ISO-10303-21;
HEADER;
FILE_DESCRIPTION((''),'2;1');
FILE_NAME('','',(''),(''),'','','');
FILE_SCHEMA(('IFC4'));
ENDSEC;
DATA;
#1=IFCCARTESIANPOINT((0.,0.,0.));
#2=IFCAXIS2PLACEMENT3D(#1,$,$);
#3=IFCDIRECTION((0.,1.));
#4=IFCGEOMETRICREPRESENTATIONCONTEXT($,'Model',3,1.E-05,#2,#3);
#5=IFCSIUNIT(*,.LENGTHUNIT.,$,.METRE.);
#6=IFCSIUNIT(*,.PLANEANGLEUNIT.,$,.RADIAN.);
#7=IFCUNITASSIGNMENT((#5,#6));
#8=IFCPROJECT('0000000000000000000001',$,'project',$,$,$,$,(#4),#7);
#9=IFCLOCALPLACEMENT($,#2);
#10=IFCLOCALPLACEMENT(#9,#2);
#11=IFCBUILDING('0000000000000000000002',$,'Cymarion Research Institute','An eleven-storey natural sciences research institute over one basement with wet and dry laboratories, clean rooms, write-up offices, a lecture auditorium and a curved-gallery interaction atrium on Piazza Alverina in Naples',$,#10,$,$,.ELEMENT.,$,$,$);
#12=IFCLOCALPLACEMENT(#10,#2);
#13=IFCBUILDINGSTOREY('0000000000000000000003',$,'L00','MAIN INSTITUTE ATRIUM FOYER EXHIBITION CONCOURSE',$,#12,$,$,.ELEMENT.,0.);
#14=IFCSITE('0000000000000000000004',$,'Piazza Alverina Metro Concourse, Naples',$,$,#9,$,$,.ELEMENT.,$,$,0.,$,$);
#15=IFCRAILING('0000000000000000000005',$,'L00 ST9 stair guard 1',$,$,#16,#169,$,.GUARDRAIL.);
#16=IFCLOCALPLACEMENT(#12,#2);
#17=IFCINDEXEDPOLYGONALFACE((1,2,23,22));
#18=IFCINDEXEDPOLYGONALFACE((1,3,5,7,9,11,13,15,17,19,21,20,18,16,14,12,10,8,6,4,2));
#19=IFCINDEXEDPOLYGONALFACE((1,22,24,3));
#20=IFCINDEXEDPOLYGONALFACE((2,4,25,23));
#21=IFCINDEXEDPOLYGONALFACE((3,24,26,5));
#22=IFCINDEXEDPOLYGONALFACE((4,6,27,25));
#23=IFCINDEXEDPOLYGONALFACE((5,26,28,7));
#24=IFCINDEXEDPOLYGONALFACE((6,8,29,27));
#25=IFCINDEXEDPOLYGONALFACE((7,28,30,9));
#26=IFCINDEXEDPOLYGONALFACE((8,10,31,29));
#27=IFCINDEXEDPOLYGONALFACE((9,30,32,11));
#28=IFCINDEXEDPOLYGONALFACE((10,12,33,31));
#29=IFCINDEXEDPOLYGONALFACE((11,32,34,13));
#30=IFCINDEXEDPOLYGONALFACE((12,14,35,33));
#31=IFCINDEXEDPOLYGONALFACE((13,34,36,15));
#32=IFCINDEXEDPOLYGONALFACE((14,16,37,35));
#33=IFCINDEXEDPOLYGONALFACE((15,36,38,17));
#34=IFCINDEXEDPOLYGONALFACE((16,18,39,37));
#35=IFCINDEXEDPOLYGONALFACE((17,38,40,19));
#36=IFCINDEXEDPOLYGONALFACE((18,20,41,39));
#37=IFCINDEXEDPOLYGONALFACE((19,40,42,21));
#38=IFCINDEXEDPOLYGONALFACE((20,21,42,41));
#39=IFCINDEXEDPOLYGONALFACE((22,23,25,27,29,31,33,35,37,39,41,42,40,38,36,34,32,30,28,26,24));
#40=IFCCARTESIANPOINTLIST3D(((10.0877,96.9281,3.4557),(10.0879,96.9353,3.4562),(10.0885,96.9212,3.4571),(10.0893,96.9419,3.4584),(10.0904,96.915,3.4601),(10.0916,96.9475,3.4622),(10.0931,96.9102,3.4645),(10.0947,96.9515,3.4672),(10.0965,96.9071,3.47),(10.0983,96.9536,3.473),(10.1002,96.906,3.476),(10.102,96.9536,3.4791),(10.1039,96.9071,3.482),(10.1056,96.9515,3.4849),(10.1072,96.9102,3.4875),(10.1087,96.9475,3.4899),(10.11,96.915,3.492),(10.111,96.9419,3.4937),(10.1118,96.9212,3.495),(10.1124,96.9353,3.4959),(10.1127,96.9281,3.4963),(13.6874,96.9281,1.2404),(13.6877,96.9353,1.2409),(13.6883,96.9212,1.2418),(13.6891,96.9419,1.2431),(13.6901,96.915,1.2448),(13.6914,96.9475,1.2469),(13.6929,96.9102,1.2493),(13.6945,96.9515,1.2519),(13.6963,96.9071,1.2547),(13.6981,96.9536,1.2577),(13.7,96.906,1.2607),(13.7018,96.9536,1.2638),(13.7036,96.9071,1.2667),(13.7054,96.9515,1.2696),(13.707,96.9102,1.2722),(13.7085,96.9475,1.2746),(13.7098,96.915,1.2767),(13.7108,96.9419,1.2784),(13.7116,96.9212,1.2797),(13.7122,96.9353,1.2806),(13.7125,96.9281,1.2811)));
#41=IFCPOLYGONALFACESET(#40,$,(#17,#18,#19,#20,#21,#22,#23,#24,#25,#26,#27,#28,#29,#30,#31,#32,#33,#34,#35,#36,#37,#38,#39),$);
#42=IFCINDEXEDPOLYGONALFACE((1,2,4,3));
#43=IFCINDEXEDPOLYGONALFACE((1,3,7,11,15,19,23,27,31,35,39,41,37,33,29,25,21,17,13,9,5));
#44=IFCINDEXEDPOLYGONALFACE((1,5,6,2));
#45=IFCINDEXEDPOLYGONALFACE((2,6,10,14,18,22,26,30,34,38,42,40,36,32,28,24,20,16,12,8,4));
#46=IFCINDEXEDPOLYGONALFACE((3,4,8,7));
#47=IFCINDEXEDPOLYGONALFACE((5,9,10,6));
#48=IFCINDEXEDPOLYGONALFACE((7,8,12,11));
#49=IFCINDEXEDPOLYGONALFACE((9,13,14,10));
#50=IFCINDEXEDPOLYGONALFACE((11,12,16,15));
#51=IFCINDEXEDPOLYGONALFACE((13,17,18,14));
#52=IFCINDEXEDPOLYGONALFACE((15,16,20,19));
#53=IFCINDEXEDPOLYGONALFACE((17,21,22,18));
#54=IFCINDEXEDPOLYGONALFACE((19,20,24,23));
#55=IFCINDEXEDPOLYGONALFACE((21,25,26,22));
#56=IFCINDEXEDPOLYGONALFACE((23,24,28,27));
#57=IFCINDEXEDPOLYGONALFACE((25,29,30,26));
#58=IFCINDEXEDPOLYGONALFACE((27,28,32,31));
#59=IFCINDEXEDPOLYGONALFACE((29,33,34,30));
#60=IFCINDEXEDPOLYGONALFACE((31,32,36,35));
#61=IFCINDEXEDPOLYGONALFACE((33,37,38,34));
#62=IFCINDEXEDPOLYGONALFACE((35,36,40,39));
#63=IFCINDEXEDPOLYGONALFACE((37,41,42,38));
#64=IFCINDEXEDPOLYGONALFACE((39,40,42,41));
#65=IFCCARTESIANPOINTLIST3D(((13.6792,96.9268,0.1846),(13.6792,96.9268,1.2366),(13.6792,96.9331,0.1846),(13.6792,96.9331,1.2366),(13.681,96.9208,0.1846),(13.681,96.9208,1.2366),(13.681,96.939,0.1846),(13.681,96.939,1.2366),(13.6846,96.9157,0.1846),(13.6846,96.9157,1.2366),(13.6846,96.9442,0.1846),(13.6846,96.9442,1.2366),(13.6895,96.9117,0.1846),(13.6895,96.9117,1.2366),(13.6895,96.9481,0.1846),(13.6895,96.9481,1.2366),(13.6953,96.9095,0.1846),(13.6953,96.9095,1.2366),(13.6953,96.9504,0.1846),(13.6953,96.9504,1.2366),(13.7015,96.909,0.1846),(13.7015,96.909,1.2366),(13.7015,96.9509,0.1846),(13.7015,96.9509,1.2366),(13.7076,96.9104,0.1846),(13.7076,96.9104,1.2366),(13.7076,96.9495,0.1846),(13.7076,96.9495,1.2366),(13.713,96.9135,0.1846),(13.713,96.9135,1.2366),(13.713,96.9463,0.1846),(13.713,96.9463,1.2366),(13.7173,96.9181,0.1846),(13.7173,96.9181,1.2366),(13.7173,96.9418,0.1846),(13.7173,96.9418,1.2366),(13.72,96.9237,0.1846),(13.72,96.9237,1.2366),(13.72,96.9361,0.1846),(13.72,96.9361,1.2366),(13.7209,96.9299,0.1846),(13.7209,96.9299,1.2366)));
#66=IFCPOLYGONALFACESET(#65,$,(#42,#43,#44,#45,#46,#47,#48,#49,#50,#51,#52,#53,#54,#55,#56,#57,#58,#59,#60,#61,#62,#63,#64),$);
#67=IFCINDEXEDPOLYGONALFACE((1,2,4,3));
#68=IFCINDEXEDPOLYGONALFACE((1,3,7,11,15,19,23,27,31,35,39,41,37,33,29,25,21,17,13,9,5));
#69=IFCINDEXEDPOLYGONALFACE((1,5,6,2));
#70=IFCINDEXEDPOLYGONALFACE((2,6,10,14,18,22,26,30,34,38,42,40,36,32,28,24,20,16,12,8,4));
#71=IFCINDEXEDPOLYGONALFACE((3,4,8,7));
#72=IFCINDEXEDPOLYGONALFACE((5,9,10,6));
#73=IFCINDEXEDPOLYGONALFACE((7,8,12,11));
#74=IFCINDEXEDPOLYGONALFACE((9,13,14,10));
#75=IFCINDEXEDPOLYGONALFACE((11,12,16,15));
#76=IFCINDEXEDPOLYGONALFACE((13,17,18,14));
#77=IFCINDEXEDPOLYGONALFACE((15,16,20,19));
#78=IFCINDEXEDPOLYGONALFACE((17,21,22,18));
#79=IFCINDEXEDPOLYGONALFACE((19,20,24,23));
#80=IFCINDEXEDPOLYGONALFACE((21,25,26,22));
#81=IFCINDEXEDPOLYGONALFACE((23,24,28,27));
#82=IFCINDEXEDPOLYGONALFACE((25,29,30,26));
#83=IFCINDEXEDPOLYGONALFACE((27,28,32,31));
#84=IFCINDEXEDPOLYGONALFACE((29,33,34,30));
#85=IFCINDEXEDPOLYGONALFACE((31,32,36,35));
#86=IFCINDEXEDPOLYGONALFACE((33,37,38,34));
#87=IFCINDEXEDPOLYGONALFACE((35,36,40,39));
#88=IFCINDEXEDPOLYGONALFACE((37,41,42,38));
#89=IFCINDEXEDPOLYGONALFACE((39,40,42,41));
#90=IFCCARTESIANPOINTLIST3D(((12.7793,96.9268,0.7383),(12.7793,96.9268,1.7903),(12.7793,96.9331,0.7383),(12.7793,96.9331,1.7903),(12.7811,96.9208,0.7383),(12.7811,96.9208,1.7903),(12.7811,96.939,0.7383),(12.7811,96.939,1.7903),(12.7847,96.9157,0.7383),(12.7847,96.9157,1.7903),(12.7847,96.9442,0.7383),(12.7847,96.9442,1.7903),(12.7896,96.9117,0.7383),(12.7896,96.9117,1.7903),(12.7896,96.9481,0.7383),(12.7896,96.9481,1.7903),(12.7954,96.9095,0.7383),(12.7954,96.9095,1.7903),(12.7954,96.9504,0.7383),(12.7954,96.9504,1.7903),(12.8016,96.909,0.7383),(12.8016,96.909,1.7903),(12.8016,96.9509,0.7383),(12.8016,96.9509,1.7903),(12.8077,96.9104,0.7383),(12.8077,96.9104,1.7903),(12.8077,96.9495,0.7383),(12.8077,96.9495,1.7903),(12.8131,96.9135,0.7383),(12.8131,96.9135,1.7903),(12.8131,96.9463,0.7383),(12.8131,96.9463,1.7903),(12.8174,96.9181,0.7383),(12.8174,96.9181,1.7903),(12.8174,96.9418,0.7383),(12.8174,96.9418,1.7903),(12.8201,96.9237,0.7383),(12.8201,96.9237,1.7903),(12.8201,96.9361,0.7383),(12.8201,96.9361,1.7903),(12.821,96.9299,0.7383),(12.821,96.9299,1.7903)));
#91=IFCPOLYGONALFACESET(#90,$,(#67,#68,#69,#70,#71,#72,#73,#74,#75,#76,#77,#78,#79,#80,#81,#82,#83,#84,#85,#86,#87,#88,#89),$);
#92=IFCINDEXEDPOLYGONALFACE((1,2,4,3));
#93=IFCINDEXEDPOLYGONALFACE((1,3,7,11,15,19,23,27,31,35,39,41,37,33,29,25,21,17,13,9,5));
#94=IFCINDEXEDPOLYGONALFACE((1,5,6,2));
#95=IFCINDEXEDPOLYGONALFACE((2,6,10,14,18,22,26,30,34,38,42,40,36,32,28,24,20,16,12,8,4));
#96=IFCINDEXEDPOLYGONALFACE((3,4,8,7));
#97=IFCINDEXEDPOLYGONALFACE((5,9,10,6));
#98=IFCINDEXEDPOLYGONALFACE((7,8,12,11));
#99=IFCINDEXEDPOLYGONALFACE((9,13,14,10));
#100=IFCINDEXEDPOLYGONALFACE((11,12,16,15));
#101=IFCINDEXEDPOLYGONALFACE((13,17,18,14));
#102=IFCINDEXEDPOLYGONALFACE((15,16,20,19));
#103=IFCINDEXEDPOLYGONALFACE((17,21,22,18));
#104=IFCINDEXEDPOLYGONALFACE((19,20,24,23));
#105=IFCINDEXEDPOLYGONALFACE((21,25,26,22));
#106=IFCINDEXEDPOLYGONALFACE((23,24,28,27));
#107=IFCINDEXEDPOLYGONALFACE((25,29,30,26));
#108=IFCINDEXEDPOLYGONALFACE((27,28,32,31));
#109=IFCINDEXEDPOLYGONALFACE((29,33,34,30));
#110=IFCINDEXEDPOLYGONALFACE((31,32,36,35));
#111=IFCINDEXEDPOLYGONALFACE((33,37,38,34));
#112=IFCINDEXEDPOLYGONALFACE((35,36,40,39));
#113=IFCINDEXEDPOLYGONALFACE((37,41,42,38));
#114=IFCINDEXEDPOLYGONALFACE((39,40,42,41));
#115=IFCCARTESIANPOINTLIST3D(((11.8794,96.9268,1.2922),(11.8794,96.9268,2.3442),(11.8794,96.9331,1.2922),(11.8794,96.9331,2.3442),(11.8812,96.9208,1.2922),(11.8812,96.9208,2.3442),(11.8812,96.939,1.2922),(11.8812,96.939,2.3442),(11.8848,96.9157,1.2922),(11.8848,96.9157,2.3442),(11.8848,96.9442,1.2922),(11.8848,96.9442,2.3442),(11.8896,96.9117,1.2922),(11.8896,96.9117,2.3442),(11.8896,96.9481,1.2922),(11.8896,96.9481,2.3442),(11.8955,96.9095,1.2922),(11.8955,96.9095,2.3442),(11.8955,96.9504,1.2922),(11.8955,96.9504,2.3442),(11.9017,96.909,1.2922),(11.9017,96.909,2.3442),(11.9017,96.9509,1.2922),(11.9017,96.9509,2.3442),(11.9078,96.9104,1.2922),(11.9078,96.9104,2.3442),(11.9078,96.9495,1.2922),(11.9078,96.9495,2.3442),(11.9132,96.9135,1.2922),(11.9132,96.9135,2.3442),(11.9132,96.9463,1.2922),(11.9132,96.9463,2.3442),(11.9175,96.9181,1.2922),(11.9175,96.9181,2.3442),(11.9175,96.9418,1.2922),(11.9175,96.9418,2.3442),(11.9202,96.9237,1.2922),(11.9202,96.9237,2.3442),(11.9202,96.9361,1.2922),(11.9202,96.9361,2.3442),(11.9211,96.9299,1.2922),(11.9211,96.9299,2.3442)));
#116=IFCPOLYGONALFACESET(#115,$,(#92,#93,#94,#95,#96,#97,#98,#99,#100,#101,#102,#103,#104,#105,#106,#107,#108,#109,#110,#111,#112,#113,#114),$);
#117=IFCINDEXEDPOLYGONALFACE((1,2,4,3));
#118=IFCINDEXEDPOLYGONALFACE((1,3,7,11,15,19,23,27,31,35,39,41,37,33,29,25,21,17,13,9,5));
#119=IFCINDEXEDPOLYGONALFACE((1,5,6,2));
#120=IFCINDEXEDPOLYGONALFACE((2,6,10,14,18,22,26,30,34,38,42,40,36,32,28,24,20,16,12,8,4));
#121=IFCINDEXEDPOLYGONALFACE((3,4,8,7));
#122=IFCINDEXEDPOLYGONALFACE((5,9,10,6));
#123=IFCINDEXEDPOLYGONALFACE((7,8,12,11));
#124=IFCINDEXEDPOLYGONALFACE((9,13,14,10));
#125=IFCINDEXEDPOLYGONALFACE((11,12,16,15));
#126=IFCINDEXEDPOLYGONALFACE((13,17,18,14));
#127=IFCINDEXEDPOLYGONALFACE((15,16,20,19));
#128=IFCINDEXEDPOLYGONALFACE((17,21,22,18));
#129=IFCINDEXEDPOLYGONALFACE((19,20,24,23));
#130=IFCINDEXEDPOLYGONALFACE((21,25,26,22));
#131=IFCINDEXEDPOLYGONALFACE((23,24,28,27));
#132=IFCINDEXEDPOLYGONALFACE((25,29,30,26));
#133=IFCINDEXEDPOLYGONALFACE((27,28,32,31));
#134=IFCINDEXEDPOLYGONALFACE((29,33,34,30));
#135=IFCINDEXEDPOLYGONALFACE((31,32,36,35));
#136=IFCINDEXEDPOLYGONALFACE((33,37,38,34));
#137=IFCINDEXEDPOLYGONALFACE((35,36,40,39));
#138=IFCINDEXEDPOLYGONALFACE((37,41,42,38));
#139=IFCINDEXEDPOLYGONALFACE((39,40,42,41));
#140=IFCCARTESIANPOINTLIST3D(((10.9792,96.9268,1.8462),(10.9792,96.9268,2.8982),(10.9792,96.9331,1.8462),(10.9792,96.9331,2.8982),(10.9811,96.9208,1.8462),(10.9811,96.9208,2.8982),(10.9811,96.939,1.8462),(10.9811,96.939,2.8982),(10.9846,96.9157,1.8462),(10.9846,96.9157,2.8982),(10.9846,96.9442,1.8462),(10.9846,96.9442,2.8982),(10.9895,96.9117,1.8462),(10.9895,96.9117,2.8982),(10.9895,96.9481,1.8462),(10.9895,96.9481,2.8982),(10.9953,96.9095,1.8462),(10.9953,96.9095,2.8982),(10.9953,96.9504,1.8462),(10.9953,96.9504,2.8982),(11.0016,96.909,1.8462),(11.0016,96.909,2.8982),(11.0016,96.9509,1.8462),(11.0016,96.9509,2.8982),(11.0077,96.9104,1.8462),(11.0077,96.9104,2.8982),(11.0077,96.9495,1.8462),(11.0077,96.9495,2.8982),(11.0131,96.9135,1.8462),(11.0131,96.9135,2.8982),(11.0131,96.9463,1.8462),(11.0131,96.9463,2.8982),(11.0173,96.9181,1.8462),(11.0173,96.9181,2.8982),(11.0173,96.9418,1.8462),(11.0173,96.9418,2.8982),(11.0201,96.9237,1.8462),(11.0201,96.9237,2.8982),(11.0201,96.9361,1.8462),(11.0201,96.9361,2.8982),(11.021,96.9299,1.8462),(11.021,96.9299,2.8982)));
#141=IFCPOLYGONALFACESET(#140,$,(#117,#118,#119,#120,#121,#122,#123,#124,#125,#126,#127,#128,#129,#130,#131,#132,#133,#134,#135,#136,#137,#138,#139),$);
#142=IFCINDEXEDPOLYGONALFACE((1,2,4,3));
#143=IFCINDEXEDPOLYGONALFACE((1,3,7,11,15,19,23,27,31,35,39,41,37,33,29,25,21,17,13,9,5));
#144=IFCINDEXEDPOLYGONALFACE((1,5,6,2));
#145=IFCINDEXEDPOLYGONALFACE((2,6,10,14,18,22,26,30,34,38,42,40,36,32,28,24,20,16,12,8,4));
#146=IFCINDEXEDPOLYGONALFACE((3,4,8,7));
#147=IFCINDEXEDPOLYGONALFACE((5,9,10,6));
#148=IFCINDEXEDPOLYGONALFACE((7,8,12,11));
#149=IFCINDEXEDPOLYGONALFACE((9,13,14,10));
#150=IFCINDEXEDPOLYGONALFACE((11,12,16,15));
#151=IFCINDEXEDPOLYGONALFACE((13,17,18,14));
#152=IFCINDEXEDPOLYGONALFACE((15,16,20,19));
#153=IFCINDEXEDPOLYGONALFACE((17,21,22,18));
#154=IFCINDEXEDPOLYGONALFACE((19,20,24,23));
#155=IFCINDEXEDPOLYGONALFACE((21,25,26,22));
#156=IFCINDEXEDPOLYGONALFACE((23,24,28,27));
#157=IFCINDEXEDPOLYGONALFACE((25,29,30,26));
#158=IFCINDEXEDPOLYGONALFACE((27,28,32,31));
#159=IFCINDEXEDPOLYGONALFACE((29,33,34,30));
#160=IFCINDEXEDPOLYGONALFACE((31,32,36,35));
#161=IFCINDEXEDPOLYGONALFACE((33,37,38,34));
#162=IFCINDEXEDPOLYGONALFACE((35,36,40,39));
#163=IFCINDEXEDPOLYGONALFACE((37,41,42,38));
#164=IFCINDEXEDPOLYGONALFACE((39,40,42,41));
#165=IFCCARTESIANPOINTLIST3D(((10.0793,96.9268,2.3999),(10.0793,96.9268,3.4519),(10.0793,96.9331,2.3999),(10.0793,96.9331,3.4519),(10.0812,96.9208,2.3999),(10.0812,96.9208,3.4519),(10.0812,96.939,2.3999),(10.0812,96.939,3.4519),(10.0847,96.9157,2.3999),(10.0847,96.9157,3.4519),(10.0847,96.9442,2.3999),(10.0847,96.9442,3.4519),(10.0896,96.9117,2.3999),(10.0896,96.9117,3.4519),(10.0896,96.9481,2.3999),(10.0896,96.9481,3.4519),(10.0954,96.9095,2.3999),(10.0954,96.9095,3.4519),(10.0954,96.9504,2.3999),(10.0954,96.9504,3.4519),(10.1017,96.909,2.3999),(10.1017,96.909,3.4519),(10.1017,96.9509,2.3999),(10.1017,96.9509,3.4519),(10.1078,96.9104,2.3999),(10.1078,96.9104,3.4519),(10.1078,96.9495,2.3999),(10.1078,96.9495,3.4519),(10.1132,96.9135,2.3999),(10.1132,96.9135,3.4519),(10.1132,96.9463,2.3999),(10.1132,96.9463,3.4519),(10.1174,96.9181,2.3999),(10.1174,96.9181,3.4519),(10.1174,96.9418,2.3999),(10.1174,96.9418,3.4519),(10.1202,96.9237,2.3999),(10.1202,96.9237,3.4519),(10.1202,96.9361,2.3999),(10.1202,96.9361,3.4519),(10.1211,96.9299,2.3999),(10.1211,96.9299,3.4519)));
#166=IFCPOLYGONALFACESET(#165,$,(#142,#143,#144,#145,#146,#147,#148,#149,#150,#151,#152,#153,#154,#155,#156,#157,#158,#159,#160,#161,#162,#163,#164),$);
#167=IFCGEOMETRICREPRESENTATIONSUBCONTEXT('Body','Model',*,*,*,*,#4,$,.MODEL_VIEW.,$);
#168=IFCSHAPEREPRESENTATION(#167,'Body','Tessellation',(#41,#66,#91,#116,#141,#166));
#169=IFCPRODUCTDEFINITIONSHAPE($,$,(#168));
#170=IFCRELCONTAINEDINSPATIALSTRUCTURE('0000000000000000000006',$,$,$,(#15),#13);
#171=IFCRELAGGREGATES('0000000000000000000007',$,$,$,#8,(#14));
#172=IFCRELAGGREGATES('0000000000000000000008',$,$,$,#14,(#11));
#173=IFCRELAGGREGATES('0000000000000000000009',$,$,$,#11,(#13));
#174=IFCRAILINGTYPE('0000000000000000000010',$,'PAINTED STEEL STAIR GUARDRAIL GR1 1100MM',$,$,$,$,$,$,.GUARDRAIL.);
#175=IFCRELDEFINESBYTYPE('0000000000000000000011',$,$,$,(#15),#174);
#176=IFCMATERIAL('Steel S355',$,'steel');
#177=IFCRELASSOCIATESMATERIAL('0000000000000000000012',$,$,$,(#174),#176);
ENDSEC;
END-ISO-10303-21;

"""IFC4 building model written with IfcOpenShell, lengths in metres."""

from ifc_helpers import new_model, si_unit, direction, frame, origin, origin_2d, place, context, subcontext, project, spatial, circle, extrude, material, type_object, element, save


model = new_model("IFC4")

# Units and contexts
model_context = context("Model", 3, precision=1e-05, world=origin(), true_north=direction((0.0, 1.0)))
body_context = subcontext(model_context, "Body", "Model", "MODEL_VIEW")
ifc_project = project(units=[si_unit("LENGTHUNIT", "METRE"), si_unit("PLANEANGLEUNIT", "RADIAN")], contexts=[model_context])

# Site, building, storey
site_placement = place(None, origin())
site = spatial("IfcSite", under=ifc_project, at=site_placement, Name="Piazza Alverina Metro Concourse, Naples", CompositionType="ELEMENT", RefElevation=0.0)
building_placement = place(site_placement, origin())
building = spatial("IfcBuilding", under=site, at=building_placement, Name="Cymarion Research Institute", Description="An eleven-storey natural sciences research institute over one basement with wet and dry laboratories, clean rooms, write-up offices, a lecture auditorium and a curved-gallery interaction atrium on Piazza Alverina in Naples", CompositionType="ELEMENT")
storey_placement = place(building_placement, origin())
storey = spatial("IfcBuildingStorey", under=building, at=storey_placement, Name="L00", Description="MAIN INSTITUTE ATRIUM FOYER EXHIBITION CONCOURSE", CompositionType="ELEMENT", Elevation=0.0)

# Shared definitions
ifc_material_1 = material(Name="Steel S355", Category="steel")

# Railing
railing_type_1 = type_object("IfcRailingType", Name="PAINTED STEEL STAIR GUARDRAIL GR1 1100MM", PredefinedType="GUARDRAIL", material=ifc_material_1)
railing_1_placement = place(storey_placement, frame((13.7, 96.9299, 0.1846)))
element("IfcRailing", 1, at=railing_1_placement, inside=storey, type_object=railing_type_1, Name="L00 ST9 stair guard 1", PredefinedType="GUARDRAIL", context=body_context, shape_type="SweptSolid", body=[
    extrude(circle(Radius=0.0239, at=origin_2d()), frame((0.0, 0.0, 1.0762), z_axis=(-0.851654, 0.0, 0.524104), x_axis=(0.0, -1.0, 0.0)), (0.0, 0.0, 1.0), 4.2268),
    extrude(circle(Radius=0.021, at=origin_2d()), origin(), (0.0, 0.0, 1.0), 1.052),
    extrude(circle(Radius=0.021, at=origin_2d()), frame((-0.8999, 0.0, 0.5537)), (0.0, 0.0, 1.0), 1.052),
    extrude(circle(Radius=0.021, at=origin_2d()), frame((-1.7998, 0.0, 1.1077)), (0.0, 0.0, 1.0), 1.052),
    extrude(circle(Radius=0.021, at=origin_2d()), frame((-2.7, 0.0, 1.6616)), (0.0, 0.0, 1.0), 1.052),
    extrude(circle(Radius=0.021, at=origin_2d()), frame((-3.5999, 0.0, 2.2153)), (0.0, 0.0, 1.0), 1.052),
])

save(model, "model.ifc")
